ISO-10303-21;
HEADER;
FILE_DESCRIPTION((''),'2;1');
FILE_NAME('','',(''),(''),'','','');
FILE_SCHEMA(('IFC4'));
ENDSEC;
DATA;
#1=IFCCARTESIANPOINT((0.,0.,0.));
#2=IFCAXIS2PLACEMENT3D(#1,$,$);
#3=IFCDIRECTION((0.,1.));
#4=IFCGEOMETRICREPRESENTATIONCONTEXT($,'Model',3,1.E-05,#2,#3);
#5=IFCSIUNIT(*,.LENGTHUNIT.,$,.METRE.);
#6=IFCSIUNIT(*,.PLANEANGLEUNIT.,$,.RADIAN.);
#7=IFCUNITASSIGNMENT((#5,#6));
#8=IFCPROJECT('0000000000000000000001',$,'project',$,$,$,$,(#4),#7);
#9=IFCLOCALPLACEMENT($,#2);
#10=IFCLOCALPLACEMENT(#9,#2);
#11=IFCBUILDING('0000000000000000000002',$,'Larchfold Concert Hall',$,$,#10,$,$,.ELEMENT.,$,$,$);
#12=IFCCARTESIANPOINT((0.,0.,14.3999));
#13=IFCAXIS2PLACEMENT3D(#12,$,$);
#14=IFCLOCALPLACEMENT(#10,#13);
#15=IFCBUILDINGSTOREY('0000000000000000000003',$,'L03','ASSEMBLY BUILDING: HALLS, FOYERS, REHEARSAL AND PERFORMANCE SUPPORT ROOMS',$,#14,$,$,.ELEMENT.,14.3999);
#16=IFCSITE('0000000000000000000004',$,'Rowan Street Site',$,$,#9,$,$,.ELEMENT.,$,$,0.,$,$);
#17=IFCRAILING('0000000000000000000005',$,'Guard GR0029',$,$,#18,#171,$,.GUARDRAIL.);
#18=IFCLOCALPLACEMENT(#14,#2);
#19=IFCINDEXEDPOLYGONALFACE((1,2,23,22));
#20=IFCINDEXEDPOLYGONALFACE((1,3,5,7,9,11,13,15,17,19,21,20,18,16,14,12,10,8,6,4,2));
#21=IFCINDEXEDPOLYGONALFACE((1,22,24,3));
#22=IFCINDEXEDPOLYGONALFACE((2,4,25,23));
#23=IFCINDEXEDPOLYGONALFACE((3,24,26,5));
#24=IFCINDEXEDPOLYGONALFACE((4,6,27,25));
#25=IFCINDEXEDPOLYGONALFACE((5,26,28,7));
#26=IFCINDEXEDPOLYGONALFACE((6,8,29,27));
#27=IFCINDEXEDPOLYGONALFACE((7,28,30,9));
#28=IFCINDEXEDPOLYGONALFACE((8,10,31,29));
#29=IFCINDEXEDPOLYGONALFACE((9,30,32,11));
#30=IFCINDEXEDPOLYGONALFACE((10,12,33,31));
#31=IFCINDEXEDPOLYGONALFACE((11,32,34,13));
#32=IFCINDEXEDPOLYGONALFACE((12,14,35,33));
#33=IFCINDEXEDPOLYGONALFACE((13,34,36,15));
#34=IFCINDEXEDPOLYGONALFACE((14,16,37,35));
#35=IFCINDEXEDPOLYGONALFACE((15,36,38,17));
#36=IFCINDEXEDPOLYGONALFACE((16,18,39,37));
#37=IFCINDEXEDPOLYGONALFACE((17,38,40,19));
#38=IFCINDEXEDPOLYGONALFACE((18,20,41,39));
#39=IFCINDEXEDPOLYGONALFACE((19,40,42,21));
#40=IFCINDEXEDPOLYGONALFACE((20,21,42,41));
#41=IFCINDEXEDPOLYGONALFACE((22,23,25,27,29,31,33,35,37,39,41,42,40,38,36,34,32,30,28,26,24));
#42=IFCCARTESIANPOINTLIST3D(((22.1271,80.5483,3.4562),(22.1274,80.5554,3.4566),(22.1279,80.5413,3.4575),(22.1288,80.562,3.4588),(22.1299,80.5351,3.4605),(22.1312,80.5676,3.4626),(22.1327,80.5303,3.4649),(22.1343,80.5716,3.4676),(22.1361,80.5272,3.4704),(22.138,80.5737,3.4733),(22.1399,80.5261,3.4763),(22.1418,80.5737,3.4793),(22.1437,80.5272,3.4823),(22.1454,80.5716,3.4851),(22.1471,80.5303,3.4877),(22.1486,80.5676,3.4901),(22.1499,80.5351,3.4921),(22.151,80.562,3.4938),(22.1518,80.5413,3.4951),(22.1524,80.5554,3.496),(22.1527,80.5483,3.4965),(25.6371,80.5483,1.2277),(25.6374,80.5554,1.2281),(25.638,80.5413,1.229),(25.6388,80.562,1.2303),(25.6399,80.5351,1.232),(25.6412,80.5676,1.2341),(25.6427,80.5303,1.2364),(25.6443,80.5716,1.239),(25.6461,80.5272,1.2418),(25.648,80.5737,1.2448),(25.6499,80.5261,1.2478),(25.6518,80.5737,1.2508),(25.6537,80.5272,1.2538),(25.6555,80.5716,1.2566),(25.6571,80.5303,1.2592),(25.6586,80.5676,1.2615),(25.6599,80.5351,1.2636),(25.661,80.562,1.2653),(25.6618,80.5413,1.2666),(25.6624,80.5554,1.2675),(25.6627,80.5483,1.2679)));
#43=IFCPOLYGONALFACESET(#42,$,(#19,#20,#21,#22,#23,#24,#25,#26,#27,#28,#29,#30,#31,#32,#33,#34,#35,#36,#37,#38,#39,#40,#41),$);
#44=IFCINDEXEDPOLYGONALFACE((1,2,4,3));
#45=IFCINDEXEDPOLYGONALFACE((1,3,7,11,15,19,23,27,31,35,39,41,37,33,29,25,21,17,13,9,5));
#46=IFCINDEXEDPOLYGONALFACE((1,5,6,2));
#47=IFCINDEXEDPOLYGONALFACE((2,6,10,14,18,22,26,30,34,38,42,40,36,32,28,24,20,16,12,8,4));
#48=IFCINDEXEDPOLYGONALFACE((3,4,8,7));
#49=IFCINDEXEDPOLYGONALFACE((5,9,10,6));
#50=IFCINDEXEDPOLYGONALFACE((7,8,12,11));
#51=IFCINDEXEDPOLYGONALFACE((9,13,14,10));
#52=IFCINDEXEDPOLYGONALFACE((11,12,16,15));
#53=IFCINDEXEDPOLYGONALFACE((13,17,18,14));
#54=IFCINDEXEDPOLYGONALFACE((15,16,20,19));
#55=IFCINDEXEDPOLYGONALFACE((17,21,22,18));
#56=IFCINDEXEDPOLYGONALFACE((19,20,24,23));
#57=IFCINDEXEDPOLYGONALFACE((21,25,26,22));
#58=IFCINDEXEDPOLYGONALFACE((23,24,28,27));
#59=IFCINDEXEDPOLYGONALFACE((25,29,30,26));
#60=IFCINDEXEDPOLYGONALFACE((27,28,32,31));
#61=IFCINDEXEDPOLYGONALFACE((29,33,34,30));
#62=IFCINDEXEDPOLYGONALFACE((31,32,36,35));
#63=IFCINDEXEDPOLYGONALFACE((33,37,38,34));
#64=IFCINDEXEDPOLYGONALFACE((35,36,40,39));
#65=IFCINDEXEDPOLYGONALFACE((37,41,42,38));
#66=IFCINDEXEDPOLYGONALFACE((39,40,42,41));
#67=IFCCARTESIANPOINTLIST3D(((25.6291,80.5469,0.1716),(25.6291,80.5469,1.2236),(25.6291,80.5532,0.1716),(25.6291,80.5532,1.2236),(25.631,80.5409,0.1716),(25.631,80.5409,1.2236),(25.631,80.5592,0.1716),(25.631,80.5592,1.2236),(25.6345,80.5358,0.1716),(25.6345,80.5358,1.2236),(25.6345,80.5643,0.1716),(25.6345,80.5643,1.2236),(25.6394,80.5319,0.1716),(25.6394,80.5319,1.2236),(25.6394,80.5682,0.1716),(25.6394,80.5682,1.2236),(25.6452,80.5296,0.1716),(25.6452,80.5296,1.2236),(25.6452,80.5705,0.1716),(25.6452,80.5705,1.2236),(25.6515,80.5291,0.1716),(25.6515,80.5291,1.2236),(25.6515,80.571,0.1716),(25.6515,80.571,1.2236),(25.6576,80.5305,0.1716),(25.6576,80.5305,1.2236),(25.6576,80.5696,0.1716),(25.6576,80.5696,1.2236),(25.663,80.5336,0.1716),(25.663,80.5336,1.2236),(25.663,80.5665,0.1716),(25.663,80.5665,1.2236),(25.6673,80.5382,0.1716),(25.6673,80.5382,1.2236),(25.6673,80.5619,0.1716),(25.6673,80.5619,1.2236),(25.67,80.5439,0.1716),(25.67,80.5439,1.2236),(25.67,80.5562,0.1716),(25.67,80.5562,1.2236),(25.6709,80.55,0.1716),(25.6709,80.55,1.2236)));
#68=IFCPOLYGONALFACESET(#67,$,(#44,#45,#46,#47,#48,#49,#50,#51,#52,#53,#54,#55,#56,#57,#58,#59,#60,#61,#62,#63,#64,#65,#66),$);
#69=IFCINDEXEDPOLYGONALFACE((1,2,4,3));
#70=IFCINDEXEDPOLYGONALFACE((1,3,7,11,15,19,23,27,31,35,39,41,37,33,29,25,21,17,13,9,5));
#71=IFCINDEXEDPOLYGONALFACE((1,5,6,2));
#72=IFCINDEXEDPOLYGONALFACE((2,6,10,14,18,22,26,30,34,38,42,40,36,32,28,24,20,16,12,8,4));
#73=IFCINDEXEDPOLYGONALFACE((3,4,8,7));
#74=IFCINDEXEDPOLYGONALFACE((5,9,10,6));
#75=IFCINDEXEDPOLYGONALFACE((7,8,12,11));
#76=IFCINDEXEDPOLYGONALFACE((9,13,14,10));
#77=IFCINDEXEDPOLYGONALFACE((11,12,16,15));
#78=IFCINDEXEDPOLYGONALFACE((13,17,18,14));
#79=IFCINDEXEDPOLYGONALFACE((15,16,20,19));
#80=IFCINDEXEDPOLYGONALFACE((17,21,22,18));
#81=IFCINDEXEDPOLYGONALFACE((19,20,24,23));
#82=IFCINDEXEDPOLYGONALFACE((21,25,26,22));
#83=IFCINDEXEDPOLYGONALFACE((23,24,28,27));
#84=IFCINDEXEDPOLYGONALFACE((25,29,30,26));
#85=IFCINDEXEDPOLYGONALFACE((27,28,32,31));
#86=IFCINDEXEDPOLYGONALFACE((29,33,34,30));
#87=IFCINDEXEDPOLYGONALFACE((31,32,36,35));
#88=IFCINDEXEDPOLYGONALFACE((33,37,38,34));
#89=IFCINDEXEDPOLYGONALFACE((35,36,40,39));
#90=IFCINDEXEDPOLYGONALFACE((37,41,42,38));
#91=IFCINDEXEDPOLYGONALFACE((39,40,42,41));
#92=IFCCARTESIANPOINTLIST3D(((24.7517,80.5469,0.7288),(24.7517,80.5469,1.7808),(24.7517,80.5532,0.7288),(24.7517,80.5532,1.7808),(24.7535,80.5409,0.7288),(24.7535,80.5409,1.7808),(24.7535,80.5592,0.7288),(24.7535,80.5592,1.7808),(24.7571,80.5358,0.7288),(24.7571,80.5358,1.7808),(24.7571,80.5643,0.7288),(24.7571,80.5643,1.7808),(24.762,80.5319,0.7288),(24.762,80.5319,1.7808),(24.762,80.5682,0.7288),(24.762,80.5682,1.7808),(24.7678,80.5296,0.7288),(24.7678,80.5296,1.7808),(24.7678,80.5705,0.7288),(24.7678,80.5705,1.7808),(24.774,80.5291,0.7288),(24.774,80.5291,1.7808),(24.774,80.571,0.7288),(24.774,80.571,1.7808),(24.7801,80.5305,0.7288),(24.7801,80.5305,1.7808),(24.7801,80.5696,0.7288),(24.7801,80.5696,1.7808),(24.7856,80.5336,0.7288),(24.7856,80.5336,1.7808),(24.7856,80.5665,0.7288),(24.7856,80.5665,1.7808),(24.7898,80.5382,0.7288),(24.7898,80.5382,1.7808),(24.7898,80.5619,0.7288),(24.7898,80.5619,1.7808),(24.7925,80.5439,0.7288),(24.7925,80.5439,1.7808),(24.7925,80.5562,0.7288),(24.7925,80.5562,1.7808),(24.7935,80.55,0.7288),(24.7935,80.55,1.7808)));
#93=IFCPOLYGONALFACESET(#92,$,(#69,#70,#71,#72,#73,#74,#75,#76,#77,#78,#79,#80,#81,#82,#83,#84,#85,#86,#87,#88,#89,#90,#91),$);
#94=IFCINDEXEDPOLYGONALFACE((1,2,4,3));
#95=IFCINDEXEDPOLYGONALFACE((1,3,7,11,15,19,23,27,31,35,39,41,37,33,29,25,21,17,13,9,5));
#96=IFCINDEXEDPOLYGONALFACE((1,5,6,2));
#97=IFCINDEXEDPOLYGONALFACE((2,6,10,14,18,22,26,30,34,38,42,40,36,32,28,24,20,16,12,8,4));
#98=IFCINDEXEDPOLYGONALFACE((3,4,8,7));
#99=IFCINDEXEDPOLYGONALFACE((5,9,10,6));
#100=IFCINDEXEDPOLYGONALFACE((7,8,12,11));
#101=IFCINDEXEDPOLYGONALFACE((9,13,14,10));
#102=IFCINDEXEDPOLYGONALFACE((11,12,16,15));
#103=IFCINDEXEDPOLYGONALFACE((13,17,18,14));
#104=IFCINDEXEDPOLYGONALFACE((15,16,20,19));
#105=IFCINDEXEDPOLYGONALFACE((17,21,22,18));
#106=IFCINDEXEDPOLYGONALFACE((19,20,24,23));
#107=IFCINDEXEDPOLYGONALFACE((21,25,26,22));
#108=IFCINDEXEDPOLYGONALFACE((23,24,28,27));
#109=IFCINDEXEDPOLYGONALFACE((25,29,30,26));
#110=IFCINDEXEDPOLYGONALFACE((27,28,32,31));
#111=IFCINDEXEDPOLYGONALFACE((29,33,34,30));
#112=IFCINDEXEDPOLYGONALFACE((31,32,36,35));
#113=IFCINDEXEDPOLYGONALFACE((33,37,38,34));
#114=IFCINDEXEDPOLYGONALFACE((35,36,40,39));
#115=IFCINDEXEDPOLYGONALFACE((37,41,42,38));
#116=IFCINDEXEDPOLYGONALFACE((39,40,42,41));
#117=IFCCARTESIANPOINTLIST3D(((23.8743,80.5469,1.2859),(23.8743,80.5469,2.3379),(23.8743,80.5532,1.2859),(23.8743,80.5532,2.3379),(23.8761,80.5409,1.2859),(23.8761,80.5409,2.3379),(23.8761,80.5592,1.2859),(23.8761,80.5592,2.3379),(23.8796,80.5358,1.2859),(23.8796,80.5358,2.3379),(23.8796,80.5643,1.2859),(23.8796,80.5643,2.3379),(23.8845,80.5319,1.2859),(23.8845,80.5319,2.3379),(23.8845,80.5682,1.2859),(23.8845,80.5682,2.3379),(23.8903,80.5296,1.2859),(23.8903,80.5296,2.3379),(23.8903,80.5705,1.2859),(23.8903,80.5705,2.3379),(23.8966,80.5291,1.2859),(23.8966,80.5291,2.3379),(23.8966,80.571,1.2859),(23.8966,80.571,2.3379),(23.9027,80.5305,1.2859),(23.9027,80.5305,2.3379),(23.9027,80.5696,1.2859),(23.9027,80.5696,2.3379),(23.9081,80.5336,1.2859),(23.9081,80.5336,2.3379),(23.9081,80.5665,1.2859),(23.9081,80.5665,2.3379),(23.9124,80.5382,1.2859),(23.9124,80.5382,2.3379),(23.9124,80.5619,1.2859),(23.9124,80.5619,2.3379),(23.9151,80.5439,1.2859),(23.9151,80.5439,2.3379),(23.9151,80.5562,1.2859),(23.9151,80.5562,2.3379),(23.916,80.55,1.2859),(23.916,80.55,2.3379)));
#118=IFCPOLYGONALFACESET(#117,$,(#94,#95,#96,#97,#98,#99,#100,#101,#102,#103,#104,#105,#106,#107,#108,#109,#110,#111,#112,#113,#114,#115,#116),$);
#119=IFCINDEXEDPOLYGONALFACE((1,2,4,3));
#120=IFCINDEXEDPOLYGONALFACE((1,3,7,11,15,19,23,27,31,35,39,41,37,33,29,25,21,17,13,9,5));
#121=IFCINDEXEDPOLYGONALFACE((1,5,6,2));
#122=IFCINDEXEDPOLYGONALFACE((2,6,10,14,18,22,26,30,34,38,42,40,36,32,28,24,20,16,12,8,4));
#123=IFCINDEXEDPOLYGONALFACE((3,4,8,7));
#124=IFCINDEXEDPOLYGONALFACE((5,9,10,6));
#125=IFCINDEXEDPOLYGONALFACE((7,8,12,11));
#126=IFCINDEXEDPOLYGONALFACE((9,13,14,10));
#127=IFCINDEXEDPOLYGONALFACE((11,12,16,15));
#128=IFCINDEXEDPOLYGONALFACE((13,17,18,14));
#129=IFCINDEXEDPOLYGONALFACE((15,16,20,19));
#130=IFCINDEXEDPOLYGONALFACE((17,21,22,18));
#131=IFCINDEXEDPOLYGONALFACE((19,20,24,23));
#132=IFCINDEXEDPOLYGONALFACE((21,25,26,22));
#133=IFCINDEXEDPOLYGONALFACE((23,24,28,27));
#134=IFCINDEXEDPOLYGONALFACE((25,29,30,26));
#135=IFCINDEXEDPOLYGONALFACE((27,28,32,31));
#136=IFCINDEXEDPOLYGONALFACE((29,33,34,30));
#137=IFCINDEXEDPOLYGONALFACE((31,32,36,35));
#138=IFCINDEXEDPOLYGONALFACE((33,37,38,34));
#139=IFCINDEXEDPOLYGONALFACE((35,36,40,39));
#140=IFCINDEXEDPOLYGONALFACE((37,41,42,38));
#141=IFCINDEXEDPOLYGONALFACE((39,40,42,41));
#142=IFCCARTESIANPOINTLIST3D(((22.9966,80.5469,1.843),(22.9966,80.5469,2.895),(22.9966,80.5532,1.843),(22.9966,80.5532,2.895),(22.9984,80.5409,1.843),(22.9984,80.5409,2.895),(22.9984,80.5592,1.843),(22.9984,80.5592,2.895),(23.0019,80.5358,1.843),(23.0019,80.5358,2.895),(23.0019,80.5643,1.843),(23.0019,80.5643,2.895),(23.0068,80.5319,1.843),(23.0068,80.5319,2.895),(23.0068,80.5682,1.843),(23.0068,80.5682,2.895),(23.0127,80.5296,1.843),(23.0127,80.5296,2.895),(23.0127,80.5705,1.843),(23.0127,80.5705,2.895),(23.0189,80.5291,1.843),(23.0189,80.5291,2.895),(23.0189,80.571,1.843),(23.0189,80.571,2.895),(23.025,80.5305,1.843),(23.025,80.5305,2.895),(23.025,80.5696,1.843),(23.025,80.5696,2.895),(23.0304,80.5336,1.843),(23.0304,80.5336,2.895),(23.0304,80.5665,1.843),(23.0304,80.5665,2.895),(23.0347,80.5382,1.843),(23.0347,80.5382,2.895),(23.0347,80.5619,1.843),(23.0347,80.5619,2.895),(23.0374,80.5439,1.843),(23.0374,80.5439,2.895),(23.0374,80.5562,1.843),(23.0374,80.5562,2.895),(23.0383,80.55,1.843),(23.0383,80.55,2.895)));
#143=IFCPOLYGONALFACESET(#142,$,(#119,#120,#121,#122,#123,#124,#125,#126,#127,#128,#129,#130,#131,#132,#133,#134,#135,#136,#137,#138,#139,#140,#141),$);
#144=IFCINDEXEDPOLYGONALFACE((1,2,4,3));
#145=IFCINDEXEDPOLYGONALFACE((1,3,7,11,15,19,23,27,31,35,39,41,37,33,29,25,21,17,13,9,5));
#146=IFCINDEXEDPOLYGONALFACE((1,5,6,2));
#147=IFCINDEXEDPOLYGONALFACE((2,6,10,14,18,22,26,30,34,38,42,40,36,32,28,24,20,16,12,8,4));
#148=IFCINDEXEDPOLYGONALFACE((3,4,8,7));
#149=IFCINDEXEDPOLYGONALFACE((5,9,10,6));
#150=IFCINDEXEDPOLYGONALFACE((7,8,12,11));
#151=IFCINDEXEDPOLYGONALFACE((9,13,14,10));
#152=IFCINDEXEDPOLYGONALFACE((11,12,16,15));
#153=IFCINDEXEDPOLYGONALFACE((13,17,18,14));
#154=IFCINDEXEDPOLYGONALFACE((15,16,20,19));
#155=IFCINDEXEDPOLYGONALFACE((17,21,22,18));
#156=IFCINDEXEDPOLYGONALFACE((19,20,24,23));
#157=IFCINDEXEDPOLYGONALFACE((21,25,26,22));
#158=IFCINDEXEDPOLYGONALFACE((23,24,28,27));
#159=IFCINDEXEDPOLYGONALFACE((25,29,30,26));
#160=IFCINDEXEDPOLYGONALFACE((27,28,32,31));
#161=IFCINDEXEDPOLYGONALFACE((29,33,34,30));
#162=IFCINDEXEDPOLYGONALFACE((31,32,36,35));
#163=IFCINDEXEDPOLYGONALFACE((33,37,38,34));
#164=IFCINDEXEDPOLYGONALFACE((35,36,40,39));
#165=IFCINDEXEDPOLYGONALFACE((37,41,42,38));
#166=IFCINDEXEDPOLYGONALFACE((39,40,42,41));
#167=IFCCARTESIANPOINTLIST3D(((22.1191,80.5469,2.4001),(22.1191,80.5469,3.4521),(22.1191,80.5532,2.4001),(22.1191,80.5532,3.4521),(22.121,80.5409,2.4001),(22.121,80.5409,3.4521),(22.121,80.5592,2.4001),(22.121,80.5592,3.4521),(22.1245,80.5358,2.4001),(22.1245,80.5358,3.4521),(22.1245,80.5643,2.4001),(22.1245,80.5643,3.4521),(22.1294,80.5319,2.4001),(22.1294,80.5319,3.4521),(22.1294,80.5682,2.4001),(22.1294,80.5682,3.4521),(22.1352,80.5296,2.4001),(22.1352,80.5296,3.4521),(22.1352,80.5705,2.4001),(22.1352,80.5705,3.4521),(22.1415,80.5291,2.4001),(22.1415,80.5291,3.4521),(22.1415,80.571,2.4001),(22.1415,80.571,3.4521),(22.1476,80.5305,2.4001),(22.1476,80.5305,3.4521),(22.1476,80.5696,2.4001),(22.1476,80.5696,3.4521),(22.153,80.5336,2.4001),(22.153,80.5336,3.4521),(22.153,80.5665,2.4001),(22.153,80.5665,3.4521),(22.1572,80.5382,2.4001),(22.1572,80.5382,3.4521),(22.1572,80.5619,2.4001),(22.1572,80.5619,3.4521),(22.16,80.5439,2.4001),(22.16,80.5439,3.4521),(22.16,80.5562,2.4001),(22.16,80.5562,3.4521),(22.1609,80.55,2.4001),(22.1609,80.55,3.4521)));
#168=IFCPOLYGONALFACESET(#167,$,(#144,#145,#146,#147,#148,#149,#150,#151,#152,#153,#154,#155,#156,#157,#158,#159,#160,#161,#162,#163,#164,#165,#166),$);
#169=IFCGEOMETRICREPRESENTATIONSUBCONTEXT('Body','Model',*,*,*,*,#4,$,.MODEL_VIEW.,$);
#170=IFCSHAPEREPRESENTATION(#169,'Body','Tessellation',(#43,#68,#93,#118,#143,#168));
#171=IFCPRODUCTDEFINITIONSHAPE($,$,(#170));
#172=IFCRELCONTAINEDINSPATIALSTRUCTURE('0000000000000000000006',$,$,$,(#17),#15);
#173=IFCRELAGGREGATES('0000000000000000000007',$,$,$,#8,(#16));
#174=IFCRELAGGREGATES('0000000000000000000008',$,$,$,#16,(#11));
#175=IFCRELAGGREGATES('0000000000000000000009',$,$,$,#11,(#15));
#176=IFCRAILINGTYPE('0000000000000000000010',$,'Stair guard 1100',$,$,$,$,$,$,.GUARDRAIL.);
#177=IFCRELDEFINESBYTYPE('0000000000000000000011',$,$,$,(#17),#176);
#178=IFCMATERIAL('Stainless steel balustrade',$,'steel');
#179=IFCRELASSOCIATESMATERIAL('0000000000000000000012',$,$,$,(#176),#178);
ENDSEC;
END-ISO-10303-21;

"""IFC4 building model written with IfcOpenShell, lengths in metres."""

from ifc_helpers import new_model, si_unit, direction, frame, origin, origin_2d, place, context, subcontext, project, spatial, circle, extrude, material, type_object, element, save


model = new_model("IFC4")

# Units and contexts
model_context = context("Model", 3, precision=1e-05, world=origin(), true_north=direction((0.0, 1.0)))
body_context = subcontext(model_context, "Body", "Model", "MODEL_VIEW")
ifc_project = project(units=[si_unit("LENGTHUNIT", "METRE"), si_unit("PLANEANGLEUNIT", "RADIAN")], contexts=[model_context])

# Site, building, storey
site_placement = place(None, origin())
site = spatial("IfcSite", under=ifc_project, at=site_placement, Name="Rowan Street Site", CompositionType="ELEMENT", RefElevation=0.0)
building_placement = place(site_placement, origin())
building = spatial("IfcBuilding", under=site, at=building_placement, Name="Larchfold Concert Hall", CompositionType="ELEMENT")
storey_placement = place(building_placement, frame((0.0, 0.0, 14.3999)))
storey = spatial("IfcBuildingStorey", under=building, at=storey_placement, Name="L03", Description="ASSEMBLY BUILDING: HALLS, FOYERS, REHEARSAL AND PERFORMANCE SUPPORT ROOMS", CompositionType="ELEMENT", Elevation=14.3999)

# Railing
ifc_material_1 = material(Name="Stainless steel balustrade", Category="steel")
railing_type_1 = type_object("IfcRailingType", Name="Stair guard 1100", PredefinedType="GUARDRAIL", material=ifc_material_1)
railing_1_placement = place(storey_placement, frame((25.6499, 80.55, 0.1716)))
element("IfcRailing", 1, at=railing_1_placement, inside=storey, type_object=railing_type_1, Name="Guard GR0029", PredefinedType="GUARDRAIL", context=body_context, shape_type="SweptSolid", body=[
    extrude(circle(Radius=0.0239, at=origin_2d()), frame((0.0, 0.0, 1.0762), z_axis=(-0.84422, 0.0, 0.535998), x_axis=(0.0, -1.0, 0.0)), (0.0, 0.0, 1.0), 4.1577),
    extrude(circle(Radius=0.021, at=origin_2d()), origin(), (0.0, 0.0, 1.0), 1.052),
    extrude(circle(Radius=0.021, at=origin_2d()), frame((-0.8774, 0.0, 0.5571)), (0.0, 0.0, 1.0), 1.052),
    extrude(circle(Radius=0.021, at=origin_2d()), frame((-1.7549, 0.0, 1.1143)), (0.0, 0.0, 1.0), 1.052),
    extrude(circle(Radius=0.021, at=origin_2d()), frame((-2.6326, 0.0, 1.6714)), (0.0, 0.0, 1.0), 1.052),
    extrude(circle(Radius=0.021, at=origin_2d()), frame((-3.51, 0.0, 2.2285)), (0.0, 0.0, 1.0), 1.052),
])

save(model, "model.ifc")
